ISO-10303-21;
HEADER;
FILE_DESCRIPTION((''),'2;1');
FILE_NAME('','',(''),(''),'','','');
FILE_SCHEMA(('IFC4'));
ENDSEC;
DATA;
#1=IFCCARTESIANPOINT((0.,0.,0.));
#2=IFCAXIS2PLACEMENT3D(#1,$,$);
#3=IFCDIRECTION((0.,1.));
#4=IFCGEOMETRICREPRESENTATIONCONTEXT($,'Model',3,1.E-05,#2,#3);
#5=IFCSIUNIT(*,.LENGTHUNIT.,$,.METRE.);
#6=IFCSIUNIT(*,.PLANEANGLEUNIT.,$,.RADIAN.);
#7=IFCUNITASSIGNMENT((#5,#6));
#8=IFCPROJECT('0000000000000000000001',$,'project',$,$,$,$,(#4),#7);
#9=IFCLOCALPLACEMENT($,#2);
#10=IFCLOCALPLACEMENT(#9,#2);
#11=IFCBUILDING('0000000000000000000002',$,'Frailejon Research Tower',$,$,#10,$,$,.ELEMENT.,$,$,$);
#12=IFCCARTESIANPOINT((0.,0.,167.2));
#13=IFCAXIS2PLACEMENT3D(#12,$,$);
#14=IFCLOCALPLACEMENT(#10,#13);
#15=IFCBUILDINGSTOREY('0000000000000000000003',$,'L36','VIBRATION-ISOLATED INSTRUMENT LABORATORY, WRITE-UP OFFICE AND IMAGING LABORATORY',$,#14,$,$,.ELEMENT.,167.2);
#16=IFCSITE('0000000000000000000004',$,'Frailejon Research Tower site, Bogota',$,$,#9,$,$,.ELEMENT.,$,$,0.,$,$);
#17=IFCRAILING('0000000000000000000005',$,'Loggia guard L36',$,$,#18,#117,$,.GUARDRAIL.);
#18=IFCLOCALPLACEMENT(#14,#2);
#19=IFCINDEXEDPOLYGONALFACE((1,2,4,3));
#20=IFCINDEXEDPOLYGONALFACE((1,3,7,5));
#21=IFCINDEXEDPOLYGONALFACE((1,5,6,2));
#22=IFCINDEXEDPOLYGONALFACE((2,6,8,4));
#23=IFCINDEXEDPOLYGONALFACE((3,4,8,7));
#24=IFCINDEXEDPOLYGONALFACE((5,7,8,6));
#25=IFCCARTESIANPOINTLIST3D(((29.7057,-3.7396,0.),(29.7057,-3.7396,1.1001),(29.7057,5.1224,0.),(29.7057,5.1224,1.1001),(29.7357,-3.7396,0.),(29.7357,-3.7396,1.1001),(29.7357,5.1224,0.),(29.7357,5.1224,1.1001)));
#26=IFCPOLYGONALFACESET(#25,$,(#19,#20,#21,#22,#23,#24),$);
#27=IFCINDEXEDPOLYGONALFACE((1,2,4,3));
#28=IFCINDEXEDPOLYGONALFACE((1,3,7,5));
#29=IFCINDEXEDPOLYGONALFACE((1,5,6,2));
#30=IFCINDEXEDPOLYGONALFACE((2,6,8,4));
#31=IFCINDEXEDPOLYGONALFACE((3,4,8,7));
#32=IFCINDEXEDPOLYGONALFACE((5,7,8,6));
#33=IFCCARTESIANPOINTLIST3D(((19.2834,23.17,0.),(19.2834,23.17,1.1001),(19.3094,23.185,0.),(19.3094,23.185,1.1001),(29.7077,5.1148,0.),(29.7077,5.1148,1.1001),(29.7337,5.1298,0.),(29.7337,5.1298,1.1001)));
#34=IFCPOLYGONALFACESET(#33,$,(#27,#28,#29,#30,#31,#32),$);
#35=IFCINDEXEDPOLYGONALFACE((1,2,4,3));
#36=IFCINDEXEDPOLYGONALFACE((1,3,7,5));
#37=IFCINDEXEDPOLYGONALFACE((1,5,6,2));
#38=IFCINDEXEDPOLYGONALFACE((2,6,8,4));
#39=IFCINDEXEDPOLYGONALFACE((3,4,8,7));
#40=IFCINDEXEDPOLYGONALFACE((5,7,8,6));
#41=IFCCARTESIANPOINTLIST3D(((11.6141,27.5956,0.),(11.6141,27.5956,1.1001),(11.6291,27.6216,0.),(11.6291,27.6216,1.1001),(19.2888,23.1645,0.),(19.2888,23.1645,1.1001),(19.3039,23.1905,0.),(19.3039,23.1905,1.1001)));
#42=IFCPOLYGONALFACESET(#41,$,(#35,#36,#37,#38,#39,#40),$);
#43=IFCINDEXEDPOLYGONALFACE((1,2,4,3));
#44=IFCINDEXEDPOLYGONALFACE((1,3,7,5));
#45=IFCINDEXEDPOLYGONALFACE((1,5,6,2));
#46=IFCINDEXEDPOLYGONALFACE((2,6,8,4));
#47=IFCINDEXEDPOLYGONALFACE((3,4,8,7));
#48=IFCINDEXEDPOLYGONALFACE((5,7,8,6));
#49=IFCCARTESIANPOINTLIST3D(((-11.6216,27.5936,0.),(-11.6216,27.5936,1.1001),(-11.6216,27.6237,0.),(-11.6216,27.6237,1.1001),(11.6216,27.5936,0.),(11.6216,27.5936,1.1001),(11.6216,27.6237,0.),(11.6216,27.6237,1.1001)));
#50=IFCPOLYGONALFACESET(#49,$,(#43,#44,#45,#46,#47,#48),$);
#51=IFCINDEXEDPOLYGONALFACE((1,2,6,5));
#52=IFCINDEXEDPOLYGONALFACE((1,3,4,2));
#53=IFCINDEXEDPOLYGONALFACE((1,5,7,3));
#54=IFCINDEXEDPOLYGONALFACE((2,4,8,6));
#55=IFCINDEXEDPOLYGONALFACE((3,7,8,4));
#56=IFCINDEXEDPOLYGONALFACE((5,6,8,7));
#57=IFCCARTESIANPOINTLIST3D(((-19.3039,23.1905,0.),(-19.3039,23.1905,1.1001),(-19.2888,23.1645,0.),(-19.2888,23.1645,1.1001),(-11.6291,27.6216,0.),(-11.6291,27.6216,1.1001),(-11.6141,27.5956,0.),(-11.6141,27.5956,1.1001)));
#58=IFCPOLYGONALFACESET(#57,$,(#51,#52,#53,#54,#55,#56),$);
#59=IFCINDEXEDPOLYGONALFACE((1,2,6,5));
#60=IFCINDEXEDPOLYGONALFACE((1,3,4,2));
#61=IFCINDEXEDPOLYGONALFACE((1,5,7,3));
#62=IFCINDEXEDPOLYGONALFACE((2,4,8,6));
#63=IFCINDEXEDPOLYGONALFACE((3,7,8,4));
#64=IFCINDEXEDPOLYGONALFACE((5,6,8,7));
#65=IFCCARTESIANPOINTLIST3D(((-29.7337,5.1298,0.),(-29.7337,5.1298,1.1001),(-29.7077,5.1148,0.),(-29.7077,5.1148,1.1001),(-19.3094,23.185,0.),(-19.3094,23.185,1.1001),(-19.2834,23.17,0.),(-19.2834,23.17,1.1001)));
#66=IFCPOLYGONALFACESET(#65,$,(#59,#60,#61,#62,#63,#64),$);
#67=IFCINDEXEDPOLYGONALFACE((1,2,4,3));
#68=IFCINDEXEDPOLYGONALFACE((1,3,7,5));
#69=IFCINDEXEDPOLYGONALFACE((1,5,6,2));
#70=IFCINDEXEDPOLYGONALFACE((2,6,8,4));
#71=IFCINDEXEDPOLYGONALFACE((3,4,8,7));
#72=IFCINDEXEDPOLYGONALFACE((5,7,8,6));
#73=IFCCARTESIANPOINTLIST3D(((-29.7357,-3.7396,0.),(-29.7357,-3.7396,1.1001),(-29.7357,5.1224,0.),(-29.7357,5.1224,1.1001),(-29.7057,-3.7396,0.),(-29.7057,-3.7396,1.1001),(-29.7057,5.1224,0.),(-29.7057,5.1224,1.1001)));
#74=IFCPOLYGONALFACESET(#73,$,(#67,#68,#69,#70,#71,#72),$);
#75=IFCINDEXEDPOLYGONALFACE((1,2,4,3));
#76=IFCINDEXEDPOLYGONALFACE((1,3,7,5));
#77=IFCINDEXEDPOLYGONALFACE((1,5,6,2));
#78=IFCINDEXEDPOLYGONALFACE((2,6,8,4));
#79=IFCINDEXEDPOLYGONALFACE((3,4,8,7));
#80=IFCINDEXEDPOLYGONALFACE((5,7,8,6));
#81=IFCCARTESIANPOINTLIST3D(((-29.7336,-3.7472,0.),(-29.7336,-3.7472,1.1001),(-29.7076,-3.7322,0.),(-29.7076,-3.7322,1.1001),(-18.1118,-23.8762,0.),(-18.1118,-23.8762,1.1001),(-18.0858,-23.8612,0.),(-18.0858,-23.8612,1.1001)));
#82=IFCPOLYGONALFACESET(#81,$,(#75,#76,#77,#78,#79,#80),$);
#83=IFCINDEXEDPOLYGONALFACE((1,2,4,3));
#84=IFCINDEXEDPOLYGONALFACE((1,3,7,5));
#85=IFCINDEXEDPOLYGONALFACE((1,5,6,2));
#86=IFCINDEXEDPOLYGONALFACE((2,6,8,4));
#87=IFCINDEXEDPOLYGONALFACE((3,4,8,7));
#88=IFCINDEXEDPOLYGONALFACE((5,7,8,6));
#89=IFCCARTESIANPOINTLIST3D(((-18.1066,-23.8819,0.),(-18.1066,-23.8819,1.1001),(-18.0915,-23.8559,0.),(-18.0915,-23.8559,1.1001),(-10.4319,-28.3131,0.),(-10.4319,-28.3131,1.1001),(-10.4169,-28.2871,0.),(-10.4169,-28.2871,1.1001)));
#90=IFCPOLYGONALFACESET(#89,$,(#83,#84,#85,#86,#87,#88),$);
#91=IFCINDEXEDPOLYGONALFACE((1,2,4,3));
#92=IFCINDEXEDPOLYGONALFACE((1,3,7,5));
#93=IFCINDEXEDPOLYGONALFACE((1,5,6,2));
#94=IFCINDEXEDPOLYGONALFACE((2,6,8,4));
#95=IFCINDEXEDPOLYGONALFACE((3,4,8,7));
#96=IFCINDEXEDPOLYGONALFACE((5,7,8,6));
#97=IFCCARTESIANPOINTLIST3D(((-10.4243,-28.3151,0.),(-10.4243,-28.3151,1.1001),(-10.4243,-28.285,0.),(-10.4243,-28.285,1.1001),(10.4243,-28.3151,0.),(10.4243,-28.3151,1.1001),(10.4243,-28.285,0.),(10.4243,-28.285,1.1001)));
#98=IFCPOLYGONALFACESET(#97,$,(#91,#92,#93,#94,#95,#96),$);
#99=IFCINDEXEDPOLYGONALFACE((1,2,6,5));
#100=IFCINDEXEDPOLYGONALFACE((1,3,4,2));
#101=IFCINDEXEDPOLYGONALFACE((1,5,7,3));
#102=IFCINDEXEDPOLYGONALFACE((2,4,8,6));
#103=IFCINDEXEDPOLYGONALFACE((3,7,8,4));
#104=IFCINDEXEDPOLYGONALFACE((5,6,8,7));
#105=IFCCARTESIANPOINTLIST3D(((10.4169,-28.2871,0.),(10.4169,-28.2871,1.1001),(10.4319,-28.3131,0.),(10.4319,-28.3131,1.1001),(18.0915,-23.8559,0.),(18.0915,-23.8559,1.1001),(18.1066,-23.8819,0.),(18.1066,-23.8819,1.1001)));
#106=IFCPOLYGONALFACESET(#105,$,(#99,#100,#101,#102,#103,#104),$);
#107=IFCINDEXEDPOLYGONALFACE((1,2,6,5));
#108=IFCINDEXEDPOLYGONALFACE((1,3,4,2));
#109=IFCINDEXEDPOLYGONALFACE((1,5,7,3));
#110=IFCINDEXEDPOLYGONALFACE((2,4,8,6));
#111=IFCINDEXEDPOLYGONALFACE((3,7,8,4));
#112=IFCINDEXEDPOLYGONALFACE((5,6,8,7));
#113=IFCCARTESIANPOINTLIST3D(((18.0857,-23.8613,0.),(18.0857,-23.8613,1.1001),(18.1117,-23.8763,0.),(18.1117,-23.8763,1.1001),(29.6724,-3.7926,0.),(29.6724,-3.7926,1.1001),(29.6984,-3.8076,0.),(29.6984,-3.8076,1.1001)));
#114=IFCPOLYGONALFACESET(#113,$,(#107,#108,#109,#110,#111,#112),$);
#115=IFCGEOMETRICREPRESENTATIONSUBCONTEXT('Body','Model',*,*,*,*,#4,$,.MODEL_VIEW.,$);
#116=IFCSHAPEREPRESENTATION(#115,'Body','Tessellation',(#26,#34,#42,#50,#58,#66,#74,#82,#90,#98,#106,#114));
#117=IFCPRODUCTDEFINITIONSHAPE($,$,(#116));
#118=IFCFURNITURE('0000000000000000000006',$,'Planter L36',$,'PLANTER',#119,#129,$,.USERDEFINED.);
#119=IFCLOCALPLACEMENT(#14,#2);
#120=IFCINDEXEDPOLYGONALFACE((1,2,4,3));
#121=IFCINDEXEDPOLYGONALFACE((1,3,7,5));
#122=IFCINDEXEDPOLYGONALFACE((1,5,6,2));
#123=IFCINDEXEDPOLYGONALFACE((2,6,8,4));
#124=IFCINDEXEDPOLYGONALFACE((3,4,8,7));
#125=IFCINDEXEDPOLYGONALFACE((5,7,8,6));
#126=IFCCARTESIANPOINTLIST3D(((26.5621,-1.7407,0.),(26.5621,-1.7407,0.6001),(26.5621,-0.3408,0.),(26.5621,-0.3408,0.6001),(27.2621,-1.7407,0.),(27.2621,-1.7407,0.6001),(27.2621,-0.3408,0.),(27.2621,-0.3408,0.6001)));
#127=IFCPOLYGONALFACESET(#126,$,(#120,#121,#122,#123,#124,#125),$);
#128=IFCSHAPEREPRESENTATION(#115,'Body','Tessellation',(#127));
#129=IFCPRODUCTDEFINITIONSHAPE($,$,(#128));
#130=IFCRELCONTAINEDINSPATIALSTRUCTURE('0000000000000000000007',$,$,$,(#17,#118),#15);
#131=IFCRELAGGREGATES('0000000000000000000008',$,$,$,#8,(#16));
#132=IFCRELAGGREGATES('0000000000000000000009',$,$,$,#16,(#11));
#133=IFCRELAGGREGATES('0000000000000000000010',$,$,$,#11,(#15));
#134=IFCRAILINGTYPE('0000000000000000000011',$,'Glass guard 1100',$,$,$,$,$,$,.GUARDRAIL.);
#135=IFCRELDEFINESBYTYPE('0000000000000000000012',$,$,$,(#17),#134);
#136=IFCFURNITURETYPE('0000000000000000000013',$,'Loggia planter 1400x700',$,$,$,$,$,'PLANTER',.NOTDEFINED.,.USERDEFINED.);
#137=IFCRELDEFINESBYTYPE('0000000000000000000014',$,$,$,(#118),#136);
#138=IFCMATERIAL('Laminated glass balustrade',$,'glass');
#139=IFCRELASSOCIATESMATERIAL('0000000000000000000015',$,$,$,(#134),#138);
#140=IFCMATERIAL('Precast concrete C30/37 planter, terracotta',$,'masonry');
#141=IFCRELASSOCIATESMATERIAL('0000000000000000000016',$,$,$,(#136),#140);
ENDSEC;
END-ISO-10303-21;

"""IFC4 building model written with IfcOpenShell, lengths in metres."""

from ifc_helpers import new_model, si_unit, direction, frame, origin, origin_2d, place, context, subcontext, project, spatial, rectangle, extrude, material, type_object, element, save


model = new_model("IFC4")

# Units and contexts
model_context = context("Model", 3, precision=1e-05, world=origin(), true_north=direction((0.0, 1.0)))
body_context = subcontext(model_context, "Body", "Model", "MODEL_VIEW")
ifc_project = project(units=[si_unit("LENGTHUNIT", "METRE"), si_unit("PLANEANGLEUNIT", "RADIAN")], contexts=[model_context])

# Site, building, storey
site_placement = place(None, origin())
site = spatial("IfcSite", under=ifc_project, at=site_placement, Name="Frailejon Research Tower site, Bogota", CompositionType="ELEMENT", RefElevation=0.0)
building_placement = place(site_placement, origin())
building = spatial("IfcBuilding", under=site, at=building_placement, Name="Frailejon Research Tower", CompositionType="ELEMENT")
storey_placement = place(building_placement, frame((0.0, 0.0, 167.2)))
storey = spatial("IfcBuildingStorey", under=building, at=storey_placement, Name="L36", Description="VIBRATION-ISOLATED INSTRUMENT LABORATORY, WRITE-UP OFFICE AND IMAGING LABORATORY", CompositionType="ELEMENT", Elevation=167.2)

# Railing
ifc_material_1 = material(Name="Laminated glass balustrade", Category="glass")
railing_type = type_object("IfcRailingType", Name="Glass guard 1100", PredefinedType="GUARDRAIL", material=ifc_material_1)
railing_placement = place(storey_placement, frame((29.7207, -3.7397, 0.0)))
element("IfcRailing", 1, at=railing_placement, inside=storey, type_object=railing_type, Name="Loggia guard L36", PredefinedType="GUARDRAIL", context=body_context, shape_type="SweptSolid", body=[
    extrude(rectangle(XDim=8.8621, YDim=0.03, at=origin_2d()), frame((0.0, 4.4312, 0.0), z_axis=(0.0, 0.0, 1.0), x_axis=(0.0, 1.0, 0.0)), (0.0, 0.0, 1.0), 1.1001),
    extrude(rectangle(XDim=20.8484, YDim=0.03, at=origin_2d()), frame((-5.2122, 17.8896, 0.0), z_axis=(0.0, 0.0, 1.0), x_axis=(-0.500006, 0.866022, 0.0)), (0.0, 0.0, 1.0), 1.1001),
    extrude(rectangle(XDim=8.8621, YDim=0.03, at=origin_2d()), frame((-14.2617, 29.1328, 0.0), z_axis=(0.0, 0.0, 1.0), x_axis=(-0.86602, 0.500009, 0.0)), (0.0, 0.0, 1.0), 1.1001),
    extrude(rectangle(XDim=23.2432, YDim=0.03, at=origin_2d()), frame((-29.7207, 31.3484, 0.0), z_axis=(0.0, 0.0, 1.0), x_axis=(-1.0, 0.0, 0.0)), (0.0, 0.0, 1.0), 1.1001),
    extrude(rectangle(XDim=8.8621, YDim=0.03, at=origin_2d()), frame((-45.1797, 29.1328, 0.0), z_axis=(0.0, 0.0, 1.0), x_axis=(-0.86602, -0.500009, 0.0)), (0.0, 0.0, 1.0), 1.1001),
    extrude(rectangle(XDim=20.8484, YDim=0.03, at=origin_2d()), frame((-54.2292, 17.8896, 0.0), z_axis=(0.0, 0.0, 1.0), x_axis=(-0.500006, -0.866022, 0.0)), (0.0, 0.0, 1.0), 1.1001),
    extrude(rectangle(XDim=8.8621, YDim=0.03, at=origin_2d()), frame((-59.4414, 4.4312, 0.0), z_axis=(0.0, 0.0, 1.0), x_axis=(0.0, -1.0, 0.0)), (0.0, 0.0, 1.0), 1.1001),
    extrude(rectangle(XDim=23.2432, YDim=0.03, at=origin_2d()), frame((-53.6304, -10.0645, 0.0), z_axis=(0.0, 0.0, 1.0), x_axis=(0.500008, -0.866021, 0.0)), (0.0, 0.0, 1.0), 1.1001),
    extrude(rectangle(XDim=8.8621, YDim=0.03, at=origin_2d()), frame((-43.9824, -22.3447, 0.0), z_axis=(0.0, 0.0, 1.0), x_axis=(0.866014, -0.500021, 0.0)), (0.0, 0.0, 1.0), 1.1001),
    extrude(rectangle(XDim=20.8486, YDim=0.03, at=origin_2d()), frame((-29.7207, -24.5603, 0.0), z_axis=(0.0, 0.0, 1.0), x_axis=(1.0, 0.0, 0.0)), (0.0, 0.0, 1.0), 1.1001),
    extrude(rectangle(XDim=8.8621, YDim=0.03, at=origin_2d()), frame((-15.459, -22.3447, 0.0), z_axis=(0.0, 0.0, 1.0), x_axis=(0.866014, 0.500021, 0.0)), (0.0, 0.0, 1.0), 1.1001),
    extrude(rectangle(XDim=23.1733, YDim=0.03, at=origin_2d()), frame((-5.8286, -10.0947, 0.0), z_axis=(0.0, 0.0, 1.0), x_axis=(0.500002, 0.866024, 0.0)), (0.0, 0.0, 1.0), 1.1001),
])

# Furniture
ifc_material_2 = material(Name="Precast concrete C30/37 planter, terracotta", Category="masonry")
furniture_type = type_object("IfcFurnitureType", Name="Loggia planter 1400x700", ElementType="PLANTER", AssemblyPlace="NOTDEFINED", PredefinedType="USERDEFINED", material=ifc_material_2)
furniture_placement = place(storey_placement, frame((26.9121, -1.0408, 0.0), z_axis=(0.0, 0.0, 1.0), x_axis=(0.0, 1.0, 0.0)))
element("IfcFurniture", 2, at=furniture_placement, inside=storey, type_object=furniture_type, Name="Planter L36", ObjectType="PLANTER", PredefinedType="USERDEFINED", context=body_context, shape_type="SweptSolid", body=[
    extrude(rectangle(XDim=1.3999, YDim=0.7, at=origin_2d()), origin(), (0.0, 0.0, 1.0), 0.6001),
])

save(model, "model.ifc")
